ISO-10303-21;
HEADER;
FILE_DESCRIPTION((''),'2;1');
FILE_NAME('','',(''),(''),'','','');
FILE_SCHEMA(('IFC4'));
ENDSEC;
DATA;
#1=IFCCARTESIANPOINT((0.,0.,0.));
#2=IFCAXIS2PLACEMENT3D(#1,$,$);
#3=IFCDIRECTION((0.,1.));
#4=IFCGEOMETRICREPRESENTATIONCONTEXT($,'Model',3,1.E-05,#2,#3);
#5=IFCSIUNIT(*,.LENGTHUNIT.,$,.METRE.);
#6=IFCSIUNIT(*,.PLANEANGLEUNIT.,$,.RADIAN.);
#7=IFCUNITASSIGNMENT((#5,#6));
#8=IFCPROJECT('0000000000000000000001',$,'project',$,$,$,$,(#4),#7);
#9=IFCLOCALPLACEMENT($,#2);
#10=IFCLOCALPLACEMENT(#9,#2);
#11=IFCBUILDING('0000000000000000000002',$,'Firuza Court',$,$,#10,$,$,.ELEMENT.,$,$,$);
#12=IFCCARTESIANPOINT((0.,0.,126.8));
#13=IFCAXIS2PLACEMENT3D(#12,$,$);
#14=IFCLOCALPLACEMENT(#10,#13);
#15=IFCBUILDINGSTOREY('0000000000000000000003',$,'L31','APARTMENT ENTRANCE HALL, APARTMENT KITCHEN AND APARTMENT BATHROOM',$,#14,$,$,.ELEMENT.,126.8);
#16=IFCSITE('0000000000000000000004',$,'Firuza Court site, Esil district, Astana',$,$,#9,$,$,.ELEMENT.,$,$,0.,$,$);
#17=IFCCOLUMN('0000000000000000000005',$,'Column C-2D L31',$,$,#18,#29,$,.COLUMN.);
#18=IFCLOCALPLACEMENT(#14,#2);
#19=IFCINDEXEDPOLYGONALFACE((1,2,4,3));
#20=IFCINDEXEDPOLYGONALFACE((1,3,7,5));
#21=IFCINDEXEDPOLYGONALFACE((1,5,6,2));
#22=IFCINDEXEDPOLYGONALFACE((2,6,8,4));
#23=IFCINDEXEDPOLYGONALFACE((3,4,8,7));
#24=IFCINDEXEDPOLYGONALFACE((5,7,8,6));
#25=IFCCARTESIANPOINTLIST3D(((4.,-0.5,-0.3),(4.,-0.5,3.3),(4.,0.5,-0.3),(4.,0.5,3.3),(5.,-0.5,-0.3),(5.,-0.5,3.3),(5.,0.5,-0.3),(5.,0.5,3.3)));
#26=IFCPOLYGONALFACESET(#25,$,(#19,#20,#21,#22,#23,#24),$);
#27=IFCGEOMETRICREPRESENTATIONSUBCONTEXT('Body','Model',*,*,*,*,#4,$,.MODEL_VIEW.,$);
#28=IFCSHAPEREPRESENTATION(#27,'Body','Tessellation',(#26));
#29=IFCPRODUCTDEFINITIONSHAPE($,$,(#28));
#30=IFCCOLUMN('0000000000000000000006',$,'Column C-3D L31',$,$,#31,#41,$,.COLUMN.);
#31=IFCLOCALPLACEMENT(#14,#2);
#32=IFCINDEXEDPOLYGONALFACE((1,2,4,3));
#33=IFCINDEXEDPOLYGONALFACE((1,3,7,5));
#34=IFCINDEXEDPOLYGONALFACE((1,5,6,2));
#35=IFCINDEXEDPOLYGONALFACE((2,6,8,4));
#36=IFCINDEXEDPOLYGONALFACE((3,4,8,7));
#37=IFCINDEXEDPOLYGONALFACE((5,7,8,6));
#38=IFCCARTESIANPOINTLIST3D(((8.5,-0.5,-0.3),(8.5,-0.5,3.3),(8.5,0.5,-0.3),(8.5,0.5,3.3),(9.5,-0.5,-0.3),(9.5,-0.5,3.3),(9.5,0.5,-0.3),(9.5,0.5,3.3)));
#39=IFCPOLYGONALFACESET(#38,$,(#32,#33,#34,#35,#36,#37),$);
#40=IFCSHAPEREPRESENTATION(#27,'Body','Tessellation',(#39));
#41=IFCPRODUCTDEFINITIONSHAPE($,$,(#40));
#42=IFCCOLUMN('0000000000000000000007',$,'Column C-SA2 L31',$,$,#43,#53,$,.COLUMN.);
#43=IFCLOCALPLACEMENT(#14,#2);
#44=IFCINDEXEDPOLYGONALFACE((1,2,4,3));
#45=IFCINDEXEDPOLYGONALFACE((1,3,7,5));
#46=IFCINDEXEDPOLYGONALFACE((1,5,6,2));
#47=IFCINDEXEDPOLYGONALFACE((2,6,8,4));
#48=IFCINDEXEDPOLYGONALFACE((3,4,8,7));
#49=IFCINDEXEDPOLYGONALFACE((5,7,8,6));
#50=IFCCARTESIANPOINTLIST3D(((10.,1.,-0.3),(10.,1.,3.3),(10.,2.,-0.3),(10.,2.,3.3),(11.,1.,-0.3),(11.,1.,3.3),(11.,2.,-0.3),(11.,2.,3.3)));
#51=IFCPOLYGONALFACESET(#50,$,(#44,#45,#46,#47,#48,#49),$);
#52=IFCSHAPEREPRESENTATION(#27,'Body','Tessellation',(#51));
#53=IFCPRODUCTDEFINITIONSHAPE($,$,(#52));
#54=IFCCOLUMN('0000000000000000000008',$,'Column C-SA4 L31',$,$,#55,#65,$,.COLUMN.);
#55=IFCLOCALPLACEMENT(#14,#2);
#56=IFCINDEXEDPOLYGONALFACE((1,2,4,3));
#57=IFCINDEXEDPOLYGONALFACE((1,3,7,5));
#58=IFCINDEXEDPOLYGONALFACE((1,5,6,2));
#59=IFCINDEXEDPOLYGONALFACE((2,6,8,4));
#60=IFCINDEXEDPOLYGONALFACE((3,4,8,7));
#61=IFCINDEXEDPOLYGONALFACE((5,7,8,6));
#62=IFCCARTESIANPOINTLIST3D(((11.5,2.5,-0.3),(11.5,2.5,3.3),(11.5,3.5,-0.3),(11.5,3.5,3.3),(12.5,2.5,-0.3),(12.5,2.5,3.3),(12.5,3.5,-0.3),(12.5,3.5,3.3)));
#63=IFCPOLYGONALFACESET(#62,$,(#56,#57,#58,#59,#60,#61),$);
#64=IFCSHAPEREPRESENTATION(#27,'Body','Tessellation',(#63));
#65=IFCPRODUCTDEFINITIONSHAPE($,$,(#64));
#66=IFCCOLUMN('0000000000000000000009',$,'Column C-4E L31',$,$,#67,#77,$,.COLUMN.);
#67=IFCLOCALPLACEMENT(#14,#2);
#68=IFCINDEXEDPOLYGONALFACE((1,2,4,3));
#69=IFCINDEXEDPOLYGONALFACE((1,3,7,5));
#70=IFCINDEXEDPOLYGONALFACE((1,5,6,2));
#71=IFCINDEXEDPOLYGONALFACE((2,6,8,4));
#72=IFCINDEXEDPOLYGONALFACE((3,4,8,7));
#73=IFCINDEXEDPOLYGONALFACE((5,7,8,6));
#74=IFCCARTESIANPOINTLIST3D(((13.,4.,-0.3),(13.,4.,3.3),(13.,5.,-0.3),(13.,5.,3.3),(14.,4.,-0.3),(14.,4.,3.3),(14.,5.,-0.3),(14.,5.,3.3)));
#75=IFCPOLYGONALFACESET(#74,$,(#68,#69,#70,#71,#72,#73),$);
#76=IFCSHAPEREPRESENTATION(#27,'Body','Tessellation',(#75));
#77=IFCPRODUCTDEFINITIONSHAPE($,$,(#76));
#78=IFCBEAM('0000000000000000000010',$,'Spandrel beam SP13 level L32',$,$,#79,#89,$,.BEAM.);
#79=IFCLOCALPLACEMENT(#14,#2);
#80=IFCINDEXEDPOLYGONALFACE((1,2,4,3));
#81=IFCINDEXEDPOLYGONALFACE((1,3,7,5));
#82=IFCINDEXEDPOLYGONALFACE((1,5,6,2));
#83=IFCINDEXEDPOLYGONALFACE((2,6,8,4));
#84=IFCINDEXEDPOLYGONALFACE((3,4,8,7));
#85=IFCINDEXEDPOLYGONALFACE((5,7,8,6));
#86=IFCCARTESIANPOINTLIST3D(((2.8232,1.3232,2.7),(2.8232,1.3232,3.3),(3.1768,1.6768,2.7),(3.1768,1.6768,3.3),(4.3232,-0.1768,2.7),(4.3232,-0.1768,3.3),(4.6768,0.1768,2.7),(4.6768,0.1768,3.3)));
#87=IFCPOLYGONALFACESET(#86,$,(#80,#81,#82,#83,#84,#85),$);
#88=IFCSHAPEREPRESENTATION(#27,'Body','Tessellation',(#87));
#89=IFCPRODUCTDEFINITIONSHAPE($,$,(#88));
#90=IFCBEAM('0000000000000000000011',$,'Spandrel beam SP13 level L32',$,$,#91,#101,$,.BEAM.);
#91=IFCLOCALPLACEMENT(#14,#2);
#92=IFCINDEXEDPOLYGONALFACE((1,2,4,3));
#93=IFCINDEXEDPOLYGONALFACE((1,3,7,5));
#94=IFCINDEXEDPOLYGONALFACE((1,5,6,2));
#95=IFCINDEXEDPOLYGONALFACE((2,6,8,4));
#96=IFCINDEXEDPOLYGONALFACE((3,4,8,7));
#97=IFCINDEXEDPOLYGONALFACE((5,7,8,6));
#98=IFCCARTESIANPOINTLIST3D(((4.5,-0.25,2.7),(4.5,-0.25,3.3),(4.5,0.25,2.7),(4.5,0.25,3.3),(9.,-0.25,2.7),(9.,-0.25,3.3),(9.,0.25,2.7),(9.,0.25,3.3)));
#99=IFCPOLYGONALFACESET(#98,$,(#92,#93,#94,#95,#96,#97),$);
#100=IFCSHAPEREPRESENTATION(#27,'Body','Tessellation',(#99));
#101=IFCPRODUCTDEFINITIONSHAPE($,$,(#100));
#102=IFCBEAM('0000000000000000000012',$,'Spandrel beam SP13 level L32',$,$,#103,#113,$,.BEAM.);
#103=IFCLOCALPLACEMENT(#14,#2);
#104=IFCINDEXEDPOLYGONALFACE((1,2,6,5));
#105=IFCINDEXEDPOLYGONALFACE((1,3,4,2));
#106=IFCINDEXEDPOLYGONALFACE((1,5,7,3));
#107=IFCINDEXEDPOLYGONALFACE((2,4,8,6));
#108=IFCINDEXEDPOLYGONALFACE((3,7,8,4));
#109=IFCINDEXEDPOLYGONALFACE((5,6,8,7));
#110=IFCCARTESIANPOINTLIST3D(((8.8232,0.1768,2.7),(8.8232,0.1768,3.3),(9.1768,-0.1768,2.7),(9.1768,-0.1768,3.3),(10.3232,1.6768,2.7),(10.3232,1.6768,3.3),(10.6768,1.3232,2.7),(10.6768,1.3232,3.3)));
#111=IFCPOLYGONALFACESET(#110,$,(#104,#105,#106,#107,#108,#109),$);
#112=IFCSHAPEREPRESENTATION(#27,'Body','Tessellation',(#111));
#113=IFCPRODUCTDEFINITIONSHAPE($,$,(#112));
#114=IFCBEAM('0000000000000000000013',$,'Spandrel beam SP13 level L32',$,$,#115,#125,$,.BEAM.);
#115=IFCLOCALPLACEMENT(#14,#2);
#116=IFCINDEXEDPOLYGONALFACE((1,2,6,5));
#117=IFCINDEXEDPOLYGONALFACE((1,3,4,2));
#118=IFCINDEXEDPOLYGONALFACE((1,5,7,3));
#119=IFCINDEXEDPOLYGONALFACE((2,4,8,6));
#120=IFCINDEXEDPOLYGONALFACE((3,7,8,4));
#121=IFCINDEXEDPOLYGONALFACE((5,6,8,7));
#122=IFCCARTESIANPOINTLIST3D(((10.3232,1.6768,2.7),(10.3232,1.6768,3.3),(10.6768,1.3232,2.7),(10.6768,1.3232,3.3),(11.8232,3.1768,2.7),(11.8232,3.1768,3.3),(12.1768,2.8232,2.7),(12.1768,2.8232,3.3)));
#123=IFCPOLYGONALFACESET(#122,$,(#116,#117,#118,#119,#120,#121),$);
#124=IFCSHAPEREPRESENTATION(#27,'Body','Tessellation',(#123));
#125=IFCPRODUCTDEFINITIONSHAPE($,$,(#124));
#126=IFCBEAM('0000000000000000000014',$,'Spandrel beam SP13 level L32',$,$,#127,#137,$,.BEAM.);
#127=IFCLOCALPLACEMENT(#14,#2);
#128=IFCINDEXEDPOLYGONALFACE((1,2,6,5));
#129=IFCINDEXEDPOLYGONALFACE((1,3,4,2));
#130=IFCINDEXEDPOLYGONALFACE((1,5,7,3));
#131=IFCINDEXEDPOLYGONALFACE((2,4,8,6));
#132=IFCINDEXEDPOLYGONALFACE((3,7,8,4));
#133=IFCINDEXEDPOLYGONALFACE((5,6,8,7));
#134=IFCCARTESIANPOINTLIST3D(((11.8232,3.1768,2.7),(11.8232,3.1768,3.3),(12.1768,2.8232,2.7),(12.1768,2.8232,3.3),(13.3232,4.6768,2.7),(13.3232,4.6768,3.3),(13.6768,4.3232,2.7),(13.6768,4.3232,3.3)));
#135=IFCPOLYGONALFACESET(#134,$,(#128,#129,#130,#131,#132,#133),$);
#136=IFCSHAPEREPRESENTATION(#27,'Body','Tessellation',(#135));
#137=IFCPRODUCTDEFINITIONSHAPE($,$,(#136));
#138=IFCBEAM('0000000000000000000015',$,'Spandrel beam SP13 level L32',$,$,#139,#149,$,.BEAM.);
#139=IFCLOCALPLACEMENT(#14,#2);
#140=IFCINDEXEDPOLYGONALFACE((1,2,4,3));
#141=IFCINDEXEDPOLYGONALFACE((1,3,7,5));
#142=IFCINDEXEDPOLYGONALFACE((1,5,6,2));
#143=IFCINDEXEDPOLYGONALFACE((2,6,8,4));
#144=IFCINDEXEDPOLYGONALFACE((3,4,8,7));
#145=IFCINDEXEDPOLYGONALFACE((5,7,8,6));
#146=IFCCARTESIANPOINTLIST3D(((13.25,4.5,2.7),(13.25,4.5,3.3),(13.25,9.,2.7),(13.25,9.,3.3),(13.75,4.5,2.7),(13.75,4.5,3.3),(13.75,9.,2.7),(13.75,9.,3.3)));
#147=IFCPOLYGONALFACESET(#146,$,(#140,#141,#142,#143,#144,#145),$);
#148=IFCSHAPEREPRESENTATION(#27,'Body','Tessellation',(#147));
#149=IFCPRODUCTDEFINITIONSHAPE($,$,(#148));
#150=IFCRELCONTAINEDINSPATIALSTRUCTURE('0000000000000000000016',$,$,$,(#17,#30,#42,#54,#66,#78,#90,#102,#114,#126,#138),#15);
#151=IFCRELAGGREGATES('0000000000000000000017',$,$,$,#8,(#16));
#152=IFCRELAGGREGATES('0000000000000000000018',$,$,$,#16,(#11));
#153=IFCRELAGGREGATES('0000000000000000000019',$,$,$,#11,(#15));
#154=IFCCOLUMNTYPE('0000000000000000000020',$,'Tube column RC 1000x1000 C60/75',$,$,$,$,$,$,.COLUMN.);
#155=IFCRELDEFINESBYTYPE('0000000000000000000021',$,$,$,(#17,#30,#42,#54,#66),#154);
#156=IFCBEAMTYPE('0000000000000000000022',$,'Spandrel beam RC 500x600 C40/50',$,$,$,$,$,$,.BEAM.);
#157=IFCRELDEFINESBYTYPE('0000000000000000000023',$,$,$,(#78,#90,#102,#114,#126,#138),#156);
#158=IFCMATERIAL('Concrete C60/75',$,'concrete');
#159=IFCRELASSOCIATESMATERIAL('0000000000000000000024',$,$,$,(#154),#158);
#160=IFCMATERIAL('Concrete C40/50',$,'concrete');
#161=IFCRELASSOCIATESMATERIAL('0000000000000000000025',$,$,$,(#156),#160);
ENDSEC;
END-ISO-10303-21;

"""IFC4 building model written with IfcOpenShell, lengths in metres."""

from ifc_helpers import new_model, si_unit, direction, frame, origin, origin_2d, place, context, subcontext, project, spatial, rectangle, extrude, material, material_profile, profile_set, type_object, element, save


model = new_model("IFC4")

# Units and contexts
model_context = context("Model", 3, precision=1e-05, world=origin(), true_north=direction((0.0, 1.0)))
body_context = subcontext(model_context, "Body", "Model", "MODEL_VIEW")
ifc_project = project(units=[si_unit("LENGTHUNIT", "METRE"), si_unit("PLANEANGLEUNIT", "RADIAN")], contexts=[model_context])

# Site, building, storey
site_placement = place(None, origin())
site = spatial("IfcSite", under=ifc_project, at=site_placement, Name="Firuza Court site, Esil district, Astana", CompositionType="ELEMENT", RefElevation=0.0)
building_placement = place(site_placement, origin())
building = spatial("IfcBuilding", under=site, at=building_placement, Name="Firuza Court", CompositionType="ELEMENT")
storey_placement = place(building_placement, frame((0.0, 0.0, 126.8)))
storey = spatial("IfcBuildingStorey", under=building, at=storey_placement, Name="L31", Description="APARTMENT ENTRANCE HALL, APARTMENT KITCHEN AND APARTMENT BATHROOM", CompositionType="ELEMENT", Elevation=126.8)

# Columns
ifc_material_1 = material(Name="Concrete C60/75", Category="concrete")
ifc_material_profile_1 = material_profile(ifc_material_1, rectangle(XDim=1.0, YDim=1.0, at=origin_2d()), Name="RC 1000x1000")
ifc_profile_set_1 = profile_set([ifc_material_profile_1], Name="Concrete C60/75")
column_type = type_object("IfcColumnType", Name="Tube column RC 1000x1000 C60/75", PredefinedType="COLUMN", material=ifc_profile_set_1)
for number, where, z_axis, x_axis, name in (
    (1, (4.5, 0.0, -0.3), (0.0, 0.0, 1.0), (1.0, 0.0, 0.0), "Column C-2D L31"),
    (2, (9.0, 0.0, -0.3), (0.0, 0.0, 1.0), (1.0, 0.0, 0.0), "Column C-3D L31"),
    (3, (10.5, 1.5, -0.3), (0.0, 0.0, 1.0), (1.0, 0.0, 0.0), "Column C-SA2 L31"),
    (4, (12.0, 3.0, -0.3), (0.0, 0.0, 1.0), (1.0, 0.0, 0.0), "Column C-SA4 L31"),
    (5, (13.5, 4.5, -0.3), (0.0, 0.0, 1.0), (1.0, 0.0, 0.0), "Column C-4E L31"),
):
    element("IfcColumn", number, at=place(storey_placement, frame(where, z_axis=z_axis, x_axis=x_axis)), inside=storey, type_object=column_type, Name=name, PredefinedType="COLUMN", context=body_context, shape_type="SweptSolid", body=[
        extrude(rectangle(XDim=1.0, YDim=1.0, at=origin_2d()), origin(), (0.0, 0.0, 1.0), 3.6001),
    ])

# Beams
ifc_material_2 = material(Name="Concrete C40/50", Category="concrete")
ifc_material_profile_2 = material_profile(ifc_material_2, rectangle(XDim=0.5, YDim=0.6001, at=origin_2d()), Name="RC 500x600")
ifc_profile_set_2 = profile_set([ifc_material_profile_2], Name="Concrete C40/50")
beam_type = type_object("IfcBeamType", Name="Spandrel beam RC 500x600 C40/50", PredefinedType="BEAM", material=ifc_profile_set_2)
beam_1_placement = place(storey_placement, frame((3.0, 1.5, 3.0), z_axis=(0.707107, -0.707107, 0.0), x_axis=(0.707107, 0.707107, 0.0)))
element("IfcBeam", 6, at=beam_1_placement, inside=storey, type_object=beam_type, Name="Spandrel beam SP13 level L32", PredefinedType="BEAM", context=body_context, shape_type="SweptSolid", body=[
    extrude(rectangle(XDim=0.5, YDim=0.6001, at=origin_2d()), origin(), (0.0, 0.0, 1.0), 2.1213),
])
beam_2_placement = place(storey_placement, frame((4.5, 0.0, 3.0), z_axis=(1.0, 0.0, 0.0), x_axis=(0.0, 1.0, 0.0)))
element("IfcBeam", 7, at=beam_2_placement, inside=storey, type_object=beam_type, Name="Spandrel beam SP13 level L32", PredefinedType="BEAM", context=body_context, shape_type="SweptSolid", body=[
    extrude(rectangle(XDim=0.5, YDim=0.6001, at=origin_2d()), origin(), (0.0, 0.0, 1.0), 4.5),
])
for number, where, z_axis, x_axis, name in (
    (8, (9.0, 0.0, 3.0), (0.707107, 0.707107, 0.0), (-0.707107, 0.707107, 0.0), "Spandrel beam SP13 level L32"),
    (9, (10.5, 1.5, 3.0), (0.707107, 0.707107, 0.0), (-0.707107, 0.707107, 0.0), "Spandrel beam SP13 level L32"),
    (10, (12.0, 3.0, 3.0), (0.707107, 0.707107, 0.0), (-0.707107, 0.707107, 0.0), "Spandrel beam SP13 level L32"),
):
    element("IfcBeam", number, at=place(storey_placement, frame(where, z_axis=z_axis, x_axis=x_axis)), inside=storey, type_object=beam_type, Name=name, PredefinedType="BEAM", context=body_context, shape_type="SweptSolid", body=[
        extrude(rectangle(XDim=0.5, YDim=0.6001, at=origin_2d()), origin(), (0.0, 0.0, 1.0), 2.1213),
    ])
beam_3_placement = place(storey_placement, frame((13.5, 4.5, 3.0), z_axis=(0.0, 1.0, 0.0), x_axis=(-1.0, 0.0, 0.0)))
element("IfcBeam", 11, at=beam_3_placement, inside=storey, type_object=beam_type, Name="Spandrel beam SP13 level L32", PredefinedType="BEAM", context=body_context, shape_type="SweptSolid", body=[
    extrude(rectangle(XDim=0.5, YDim=0.6001, at=origin_2d()), origin(), (0.0, 0.0, 1.0), 4.5),
])

save(model, "model.ifc")
